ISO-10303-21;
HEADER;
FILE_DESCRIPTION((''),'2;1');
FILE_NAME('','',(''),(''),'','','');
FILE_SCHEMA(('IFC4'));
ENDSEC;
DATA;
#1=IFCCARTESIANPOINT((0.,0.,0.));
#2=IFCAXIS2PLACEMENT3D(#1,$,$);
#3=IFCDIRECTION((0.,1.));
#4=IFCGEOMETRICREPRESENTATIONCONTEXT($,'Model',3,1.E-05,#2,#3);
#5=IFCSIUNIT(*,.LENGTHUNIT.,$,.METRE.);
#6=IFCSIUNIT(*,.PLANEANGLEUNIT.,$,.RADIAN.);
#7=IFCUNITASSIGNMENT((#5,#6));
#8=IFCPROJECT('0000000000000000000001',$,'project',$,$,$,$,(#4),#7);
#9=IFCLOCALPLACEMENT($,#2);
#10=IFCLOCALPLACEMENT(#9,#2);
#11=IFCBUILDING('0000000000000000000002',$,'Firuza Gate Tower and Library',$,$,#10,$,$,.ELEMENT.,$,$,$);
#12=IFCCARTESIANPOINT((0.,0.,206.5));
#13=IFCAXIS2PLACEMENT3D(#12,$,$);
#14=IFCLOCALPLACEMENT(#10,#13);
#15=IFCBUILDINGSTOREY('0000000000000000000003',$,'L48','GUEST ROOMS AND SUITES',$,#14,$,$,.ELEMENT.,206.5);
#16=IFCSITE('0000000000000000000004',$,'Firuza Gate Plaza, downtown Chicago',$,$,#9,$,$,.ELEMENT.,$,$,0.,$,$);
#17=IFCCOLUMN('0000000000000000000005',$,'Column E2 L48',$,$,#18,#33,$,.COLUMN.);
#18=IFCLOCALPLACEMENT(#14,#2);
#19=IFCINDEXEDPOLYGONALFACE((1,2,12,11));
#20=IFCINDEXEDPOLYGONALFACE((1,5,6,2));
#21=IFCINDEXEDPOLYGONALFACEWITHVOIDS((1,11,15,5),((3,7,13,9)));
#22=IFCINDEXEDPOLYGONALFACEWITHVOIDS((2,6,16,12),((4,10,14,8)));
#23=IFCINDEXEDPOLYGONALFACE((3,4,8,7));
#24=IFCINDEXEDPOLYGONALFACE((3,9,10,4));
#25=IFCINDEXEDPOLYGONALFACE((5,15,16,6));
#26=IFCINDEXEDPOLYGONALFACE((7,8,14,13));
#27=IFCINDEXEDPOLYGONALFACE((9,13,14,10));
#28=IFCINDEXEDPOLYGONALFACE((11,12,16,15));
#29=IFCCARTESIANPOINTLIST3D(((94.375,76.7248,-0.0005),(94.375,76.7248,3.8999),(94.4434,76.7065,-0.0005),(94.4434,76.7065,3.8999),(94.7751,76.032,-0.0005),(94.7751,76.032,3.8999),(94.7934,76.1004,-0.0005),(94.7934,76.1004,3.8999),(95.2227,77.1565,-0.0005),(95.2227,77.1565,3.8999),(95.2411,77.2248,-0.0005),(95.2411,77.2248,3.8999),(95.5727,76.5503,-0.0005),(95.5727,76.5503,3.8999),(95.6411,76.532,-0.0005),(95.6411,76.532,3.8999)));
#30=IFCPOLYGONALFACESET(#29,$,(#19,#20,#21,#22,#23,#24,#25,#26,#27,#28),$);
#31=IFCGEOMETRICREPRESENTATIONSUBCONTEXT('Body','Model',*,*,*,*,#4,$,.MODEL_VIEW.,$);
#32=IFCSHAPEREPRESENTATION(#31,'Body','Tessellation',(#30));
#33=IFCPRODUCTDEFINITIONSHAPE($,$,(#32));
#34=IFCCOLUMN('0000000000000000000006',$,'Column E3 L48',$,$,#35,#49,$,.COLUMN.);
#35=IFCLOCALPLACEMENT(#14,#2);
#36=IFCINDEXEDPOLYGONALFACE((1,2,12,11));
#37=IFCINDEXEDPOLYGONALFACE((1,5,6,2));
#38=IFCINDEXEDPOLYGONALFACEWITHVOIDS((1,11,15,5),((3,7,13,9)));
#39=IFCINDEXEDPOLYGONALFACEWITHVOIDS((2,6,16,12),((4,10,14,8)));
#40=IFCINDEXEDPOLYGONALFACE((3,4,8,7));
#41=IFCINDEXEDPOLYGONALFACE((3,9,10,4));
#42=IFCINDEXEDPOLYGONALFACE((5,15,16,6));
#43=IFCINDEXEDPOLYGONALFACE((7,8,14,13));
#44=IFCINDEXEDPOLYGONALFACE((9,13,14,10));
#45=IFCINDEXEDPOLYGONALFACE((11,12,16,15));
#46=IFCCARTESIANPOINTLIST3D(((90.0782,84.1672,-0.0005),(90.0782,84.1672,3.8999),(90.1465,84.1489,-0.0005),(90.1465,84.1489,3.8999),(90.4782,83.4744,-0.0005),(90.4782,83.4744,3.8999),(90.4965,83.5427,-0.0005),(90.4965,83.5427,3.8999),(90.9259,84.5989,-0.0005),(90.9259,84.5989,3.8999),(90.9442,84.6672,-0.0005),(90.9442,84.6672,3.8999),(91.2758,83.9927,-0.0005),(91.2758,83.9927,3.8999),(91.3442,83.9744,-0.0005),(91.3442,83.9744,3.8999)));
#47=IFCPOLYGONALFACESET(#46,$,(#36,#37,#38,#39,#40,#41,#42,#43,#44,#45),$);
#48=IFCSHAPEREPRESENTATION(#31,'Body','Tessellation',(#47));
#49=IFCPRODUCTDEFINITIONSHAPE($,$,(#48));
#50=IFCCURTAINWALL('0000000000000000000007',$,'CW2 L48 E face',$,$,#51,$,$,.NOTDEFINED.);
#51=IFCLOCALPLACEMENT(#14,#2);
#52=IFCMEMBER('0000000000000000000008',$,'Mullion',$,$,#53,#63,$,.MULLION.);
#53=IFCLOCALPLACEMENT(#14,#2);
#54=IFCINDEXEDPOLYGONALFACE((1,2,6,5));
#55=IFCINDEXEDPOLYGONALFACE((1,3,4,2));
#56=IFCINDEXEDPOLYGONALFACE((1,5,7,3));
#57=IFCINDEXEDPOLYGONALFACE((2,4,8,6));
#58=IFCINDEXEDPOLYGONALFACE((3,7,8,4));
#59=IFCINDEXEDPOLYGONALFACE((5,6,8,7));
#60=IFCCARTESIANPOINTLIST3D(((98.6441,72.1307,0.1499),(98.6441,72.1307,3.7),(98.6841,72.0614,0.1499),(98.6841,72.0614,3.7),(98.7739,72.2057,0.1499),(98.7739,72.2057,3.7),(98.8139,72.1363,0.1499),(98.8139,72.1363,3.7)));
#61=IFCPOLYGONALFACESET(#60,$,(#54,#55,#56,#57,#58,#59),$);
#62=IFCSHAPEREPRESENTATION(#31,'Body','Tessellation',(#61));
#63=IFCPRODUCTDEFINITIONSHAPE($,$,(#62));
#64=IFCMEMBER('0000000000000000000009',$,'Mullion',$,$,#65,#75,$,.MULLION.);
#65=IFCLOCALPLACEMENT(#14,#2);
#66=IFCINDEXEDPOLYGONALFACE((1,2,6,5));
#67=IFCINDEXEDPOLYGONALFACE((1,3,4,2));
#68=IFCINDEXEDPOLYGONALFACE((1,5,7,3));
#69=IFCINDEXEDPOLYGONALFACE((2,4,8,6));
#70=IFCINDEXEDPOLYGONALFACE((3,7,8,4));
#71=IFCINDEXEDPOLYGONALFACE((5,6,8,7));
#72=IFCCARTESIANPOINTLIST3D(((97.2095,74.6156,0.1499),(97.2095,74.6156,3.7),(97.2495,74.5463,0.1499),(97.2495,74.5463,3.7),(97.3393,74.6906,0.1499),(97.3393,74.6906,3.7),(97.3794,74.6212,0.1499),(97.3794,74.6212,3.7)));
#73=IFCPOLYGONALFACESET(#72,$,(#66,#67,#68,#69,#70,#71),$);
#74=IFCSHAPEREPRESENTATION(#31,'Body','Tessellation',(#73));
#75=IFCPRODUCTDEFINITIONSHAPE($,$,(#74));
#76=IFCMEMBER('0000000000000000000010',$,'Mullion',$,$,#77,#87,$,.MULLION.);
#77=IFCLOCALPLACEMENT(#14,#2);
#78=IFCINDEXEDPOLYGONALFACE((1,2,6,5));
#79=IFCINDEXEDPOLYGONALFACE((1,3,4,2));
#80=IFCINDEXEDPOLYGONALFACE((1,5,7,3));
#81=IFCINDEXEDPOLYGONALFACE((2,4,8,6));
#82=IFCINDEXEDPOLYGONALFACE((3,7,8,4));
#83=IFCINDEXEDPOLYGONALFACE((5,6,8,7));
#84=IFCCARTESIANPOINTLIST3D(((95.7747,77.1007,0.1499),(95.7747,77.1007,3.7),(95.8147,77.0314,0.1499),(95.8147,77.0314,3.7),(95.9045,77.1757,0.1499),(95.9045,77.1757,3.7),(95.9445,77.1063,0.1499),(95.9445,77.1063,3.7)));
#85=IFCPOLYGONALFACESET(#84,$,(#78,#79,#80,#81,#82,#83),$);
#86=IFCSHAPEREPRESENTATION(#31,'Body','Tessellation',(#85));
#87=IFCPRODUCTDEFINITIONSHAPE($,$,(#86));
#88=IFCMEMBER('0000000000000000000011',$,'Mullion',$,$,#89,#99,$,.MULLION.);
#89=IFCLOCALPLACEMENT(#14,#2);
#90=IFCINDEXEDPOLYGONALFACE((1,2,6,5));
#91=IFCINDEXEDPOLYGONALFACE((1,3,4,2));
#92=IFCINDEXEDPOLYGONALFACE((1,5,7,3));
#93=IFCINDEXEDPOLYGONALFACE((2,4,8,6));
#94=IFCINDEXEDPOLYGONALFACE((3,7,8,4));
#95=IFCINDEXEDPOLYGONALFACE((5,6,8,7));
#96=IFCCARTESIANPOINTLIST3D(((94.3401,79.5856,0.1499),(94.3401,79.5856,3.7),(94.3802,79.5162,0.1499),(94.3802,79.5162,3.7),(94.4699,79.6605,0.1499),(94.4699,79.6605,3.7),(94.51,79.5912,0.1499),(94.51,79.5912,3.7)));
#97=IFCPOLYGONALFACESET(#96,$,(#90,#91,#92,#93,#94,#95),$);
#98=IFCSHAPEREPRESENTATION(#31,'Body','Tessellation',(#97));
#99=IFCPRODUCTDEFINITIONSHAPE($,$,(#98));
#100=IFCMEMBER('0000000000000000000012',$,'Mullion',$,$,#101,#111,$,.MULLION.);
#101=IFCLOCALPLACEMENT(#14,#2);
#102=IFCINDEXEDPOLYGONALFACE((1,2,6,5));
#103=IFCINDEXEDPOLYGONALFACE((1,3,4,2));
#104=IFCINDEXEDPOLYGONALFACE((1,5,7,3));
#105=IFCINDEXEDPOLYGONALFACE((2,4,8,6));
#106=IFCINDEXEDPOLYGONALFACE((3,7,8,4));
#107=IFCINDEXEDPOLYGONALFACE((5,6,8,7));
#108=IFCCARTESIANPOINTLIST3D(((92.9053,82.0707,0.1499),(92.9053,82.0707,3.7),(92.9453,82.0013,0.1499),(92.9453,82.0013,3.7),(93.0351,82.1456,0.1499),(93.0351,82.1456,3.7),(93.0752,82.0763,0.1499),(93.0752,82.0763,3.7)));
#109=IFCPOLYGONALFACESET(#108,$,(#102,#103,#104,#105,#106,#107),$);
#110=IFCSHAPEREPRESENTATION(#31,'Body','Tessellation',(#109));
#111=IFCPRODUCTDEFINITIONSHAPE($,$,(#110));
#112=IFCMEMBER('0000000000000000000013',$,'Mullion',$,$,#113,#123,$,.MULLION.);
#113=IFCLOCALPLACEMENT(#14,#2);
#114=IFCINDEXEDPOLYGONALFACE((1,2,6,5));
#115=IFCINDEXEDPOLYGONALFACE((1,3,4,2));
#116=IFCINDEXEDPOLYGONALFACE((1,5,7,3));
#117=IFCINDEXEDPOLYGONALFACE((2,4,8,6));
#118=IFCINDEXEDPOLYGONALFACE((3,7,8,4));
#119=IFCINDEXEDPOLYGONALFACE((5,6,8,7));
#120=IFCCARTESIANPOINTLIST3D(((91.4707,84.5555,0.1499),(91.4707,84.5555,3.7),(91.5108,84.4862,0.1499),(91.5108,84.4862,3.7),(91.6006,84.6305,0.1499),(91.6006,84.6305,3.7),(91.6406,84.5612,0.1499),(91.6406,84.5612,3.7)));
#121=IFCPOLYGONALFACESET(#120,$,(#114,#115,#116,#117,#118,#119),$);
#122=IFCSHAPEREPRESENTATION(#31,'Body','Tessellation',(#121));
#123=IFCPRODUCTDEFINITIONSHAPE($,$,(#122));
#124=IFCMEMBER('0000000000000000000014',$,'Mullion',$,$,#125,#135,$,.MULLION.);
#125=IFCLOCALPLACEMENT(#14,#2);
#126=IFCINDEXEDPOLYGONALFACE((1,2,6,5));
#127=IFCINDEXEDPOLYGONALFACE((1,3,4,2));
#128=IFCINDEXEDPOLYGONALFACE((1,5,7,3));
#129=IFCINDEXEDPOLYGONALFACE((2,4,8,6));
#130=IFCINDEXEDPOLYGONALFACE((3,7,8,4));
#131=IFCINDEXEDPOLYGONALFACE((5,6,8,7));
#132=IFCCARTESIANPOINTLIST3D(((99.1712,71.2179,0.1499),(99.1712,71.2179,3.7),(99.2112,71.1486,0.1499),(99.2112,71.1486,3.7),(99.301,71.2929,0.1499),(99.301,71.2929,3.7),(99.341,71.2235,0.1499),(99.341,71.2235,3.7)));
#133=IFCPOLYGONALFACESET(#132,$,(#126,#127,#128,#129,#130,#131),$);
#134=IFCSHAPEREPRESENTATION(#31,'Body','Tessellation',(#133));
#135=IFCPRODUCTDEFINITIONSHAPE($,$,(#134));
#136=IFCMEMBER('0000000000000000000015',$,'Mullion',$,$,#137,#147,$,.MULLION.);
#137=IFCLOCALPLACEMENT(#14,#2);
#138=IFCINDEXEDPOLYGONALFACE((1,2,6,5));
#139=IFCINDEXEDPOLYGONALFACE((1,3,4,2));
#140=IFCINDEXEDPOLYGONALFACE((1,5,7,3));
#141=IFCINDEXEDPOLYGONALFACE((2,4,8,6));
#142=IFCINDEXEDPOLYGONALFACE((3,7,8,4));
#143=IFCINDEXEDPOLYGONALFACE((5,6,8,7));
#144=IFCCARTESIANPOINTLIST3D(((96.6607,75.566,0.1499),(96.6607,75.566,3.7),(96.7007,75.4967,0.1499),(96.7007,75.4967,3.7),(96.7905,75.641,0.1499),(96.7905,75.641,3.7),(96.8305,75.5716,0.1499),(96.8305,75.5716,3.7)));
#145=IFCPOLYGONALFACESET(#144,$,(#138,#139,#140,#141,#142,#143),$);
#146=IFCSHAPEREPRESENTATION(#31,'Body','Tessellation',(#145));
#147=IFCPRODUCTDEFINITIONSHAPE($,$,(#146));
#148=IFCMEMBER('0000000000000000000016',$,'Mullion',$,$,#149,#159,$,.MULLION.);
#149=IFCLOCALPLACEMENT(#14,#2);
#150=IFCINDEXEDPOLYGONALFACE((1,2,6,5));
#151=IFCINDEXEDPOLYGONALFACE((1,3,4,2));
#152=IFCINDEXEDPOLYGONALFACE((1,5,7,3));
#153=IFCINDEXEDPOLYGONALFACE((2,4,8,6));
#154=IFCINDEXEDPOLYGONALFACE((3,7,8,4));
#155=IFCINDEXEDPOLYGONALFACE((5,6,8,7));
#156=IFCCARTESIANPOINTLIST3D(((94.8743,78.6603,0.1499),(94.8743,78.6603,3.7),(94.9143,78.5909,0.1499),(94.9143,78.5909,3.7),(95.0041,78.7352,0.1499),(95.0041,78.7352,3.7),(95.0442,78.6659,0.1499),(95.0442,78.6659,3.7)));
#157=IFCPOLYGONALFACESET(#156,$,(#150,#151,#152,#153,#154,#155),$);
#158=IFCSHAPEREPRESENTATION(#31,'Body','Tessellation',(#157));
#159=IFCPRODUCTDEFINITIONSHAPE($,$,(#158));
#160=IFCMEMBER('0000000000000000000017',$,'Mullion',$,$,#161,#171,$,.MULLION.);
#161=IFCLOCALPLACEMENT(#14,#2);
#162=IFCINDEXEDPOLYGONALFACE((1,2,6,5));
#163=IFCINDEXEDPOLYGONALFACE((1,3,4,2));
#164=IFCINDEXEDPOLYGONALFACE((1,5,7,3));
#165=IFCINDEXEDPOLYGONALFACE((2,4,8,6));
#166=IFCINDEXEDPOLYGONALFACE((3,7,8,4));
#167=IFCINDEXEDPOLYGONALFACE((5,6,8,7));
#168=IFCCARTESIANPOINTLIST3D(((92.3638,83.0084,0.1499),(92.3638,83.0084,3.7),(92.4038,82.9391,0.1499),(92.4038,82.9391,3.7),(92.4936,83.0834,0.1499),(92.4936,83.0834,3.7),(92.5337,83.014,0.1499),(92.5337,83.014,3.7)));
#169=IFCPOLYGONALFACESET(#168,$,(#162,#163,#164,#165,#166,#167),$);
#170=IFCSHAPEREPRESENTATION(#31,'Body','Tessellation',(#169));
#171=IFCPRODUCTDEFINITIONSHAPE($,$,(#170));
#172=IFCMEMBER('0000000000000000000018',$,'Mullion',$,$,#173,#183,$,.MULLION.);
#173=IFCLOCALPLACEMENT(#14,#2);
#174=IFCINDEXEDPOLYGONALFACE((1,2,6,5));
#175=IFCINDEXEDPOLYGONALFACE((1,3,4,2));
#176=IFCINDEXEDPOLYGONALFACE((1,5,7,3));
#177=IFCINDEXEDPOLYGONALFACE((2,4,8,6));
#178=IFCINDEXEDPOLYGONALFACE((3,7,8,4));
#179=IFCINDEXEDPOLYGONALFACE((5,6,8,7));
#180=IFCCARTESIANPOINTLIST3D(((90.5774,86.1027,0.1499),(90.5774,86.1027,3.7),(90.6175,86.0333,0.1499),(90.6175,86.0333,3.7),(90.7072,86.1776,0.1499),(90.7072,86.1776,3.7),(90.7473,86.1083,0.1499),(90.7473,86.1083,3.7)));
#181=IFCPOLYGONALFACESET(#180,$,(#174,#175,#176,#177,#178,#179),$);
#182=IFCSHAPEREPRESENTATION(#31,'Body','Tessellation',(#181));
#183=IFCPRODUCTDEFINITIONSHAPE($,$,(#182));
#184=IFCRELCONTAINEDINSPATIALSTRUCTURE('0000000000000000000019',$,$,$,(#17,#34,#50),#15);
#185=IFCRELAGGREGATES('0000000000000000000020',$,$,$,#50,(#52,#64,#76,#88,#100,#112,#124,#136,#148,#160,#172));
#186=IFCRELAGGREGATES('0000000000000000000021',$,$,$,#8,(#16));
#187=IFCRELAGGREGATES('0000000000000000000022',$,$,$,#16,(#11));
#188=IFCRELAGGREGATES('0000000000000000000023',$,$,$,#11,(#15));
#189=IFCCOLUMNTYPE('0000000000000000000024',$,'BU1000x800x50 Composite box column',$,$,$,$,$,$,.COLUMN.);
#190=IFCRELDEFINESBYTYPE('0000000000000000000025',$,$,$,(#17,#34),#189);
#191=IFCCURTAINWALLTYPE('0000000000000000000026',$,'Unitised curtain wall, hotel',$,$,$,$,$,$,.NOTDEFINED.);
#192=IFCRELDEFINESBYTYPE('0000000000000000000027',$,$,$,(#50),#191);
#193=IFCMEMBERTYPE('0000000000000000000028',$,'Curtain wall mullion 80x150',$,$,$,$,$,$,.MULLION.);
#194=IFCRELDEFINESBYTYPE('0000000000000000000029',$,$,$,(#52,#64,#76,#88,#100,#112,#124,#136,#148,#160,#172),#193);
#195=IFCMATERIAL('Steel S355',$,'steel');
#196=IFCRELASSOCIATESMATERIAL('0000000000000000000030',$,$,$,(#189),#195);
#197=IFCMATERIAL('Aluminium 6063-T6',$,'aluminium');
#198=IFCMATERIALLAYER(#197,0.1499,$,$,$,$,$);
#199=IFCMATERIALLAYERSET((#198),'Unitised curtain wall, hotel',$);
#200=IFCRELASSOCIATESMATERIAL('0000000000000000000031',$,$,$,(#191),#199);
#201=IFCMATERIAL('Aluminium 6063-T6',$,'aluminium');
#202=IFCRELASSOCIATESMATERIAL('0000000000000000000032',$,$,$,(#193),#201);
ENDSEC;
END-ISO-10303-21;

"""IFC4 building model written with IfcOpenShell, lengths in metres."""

from ifc_helpers import new_model, si_unit, direction, frame, origin, origin_2d, place, context, subcontext, project, spatial, rectangle, hollow_rectangle, extrude, material, layer, layer_set, material_profile, profile_set, type_object, element, aggregate, save


model = new_model("IFC4")

# Units and contexts
model_context = context("Model", 3, precision=1e-05, world=origin(), true_north=direction((0.0, 1.0)))
body_context = subcontext(model_context, "Body", "Model", "MODEL_VIEW")
ifc_project = project(units=[si_unit("LENGTHUNIT", "METRE"), si_unit("PLANEANGLEUNIT", "RADIAN")], contexts=[model_context])

# Site, building, storey
site_placement = place(None, origin())
site = spatial("IfcSite", under=ifc_project, at=site_placement, Name="Firuza Gate Plaza, downtown Chicago", CompositionType="ELEMENT", RefElevation=0.0)
building_placement = place(site_placement, origin())
building = spatial("IfcBuilding", under=site, at=building_placement, Name="Firuza Gate Tower and Library", CompositionType="ELEMENT")
storey_placement = place(building_placement, frame((0.0, 0.0, 206.5)))
storey = spatial("IfcBuildingStorey", under=building, at=storey_placement, Name="L48", Description="GUEST ROOMS AND SUITES", CompositionType="ELEMENT", Elevation=206.5)

# Columns
ifc_material_1 = material(Name="Steel S355", Category="steel")
ifc_material_profile_1 = material_profile(ifc_material_1, hollow_rectangle(XDim=0.8, YDim=1.0, WallThickness=0.05, at=origin_2d()))
ifc_profile_set_1 = profile_set([ifc_material_profile_1], Name="Steel S355")
column_type = type_object("IfcColumnType", Name="BU1000x800x50 Composite box column", PredefinedType="COLUMN", material=ifc_profile_set_1)
for number, where, z_axis, x_axis, name in (
    (1, (95.0081, 76.6284, -0.0005), (0.0, 0.0, 1.0), (-0.5, 0.866025, 0.0), "Column E2 L48"),
    (2, (90.7112, 84.0708, -0.0005), (0.0, 0.0, 1.0), (-0.5, 0.866025, 0.0), "Column E3 L48"),
):
    element("IfcColumn", number, at=place(storey_placement, frame(where, z_axis=z_axis, x_axis=x_axis)), inside=storey, type_object=column_type, Name=name, PredefinedType="COLUMN", context=body_context, shape_type="SweptSolid", body=[
        extrude(hollow_rectangle(XDim=0.8, YDim=1.0, WallThickness=0.05, at=origin_2d()), origin(), (0.0, 0.0, 1.0), 3.9004),
    ])

# Curtain wall, members
ifc_material_2 = material(Name="Aluminium 6063-T6", Category="aluminium")
ifc_layer_1 = layer(ifc_material_2, 0.1499)
ifc_layer_set_1 = layer_set([ifc_layer_1], Name="Unitised curtain wall, hotel")
curtain_wall_type = type_object("IfcCurtainWallType", Name="Unitised curtain wall, hotel", PredefinedType="NOTDEFINED", material=ifc_layer_set_1)
curtain_wall_placement = place(storey_placement, origin())
curtain_wall = element("IfcCurtainWall", 3, at=curtain_wall_placement, inside=storey, type_object=curtain_wall_type, Name="CW2 L48 E face", PredefinedType="NOTDEFINED")
ifc_material_3 = material(Name="Aluminium 6063-T6", Category="aluminium")
ifc_material_profile_2 = material_profile(ifc_material_3, rectangle(XDim=0.1499, YDim=0.0801, at=origin_2d()))
ifc_profile_set_2 = profile_set([ifc_material_profile_2], Name="Aluminium 6063-T6")
member_type = type_object("IfcMemberType", Name="Curtain wall mullion 80x150", PredefinedType="MULLION", material=ifc_profile_set_2)
member_1_placement = place(storey_placement, frame((98.729, 72.1335, 0.1499), z_axis=(0.0, 0.0, 1.0), x_axis=(-0.866025, -0.5, 0.0)))
member_1 = element("IfcMember", 4, at=member_1_placement, type_object=member_type, Name="Mullion", PredefinedType="MULLION", context=body_context, shape_type="SweptSolid", body=[
    extrude(rectangle(XDim=0.1499, YDim=0.0801, at=origin_2d()), origin(), (0.0, 0.0, 1.0), 3.55),
])
member_2_placement = place(storey_placement, frame((97.2944, 74.6184, 0.1499), z_axis=(0.0, 0.0, 1.0), x_axis=(-0.866025, -0.5, 0.0)))
member_2 = element("IfcMember", 5, at=member_2_placement, type_object=member_type, Name="Mullion", PredefinedType="MULLION", context=body_context, shape_type="SweptSolid", body=[
    extrude(rectangle(XDim=0.1499, YDim=0.0801, at=origin_2d()), origin(), (0.0, 0.0, 1.0), 3.55),
])
member_3_placement = place(storey_placement, frame((95.8596, 77.1035, 0.1499), z_axis=(0.0, 0.0, 1.0), x_axis=(-0.866025, -0.5, 0.0)))
member_3 = element("IfcMember", 6, at=member_3_placement, type_object=member_type, Name="Mullion", PredefinedType="MULLION", context=body_context, shape_type="SweptSolid", body=[
    extrude(rectangle(XDim=0.1499, YDim=0.0801, at=origin_2d()), origin(), (0.0, 0.0, 1.0), 3.55),
])
member_4_placement = place(storey_placement, frame((94.425, 79.5884, 0.1499), z_axis=(0.0, 0.0, 1.0), x_axis=(-0.866025, -0.5, 0.0)))
member_4 = element("IfcMember", 7, at=member_4_placement, type_object=member_type, Name="Mullion", PredefinedType="MULLION", context=body_context, shape_type="SweptSolid", body=[
    extrude(rectangle(XDim=0.1499, YDim=0.0801, at=origin_2d()), origin(), (0.0, 0.0, 1.0), 3.55),
])
member_5_placement = place(storey_placement, frame((92.9902, 82.0735, 0.1499), z_axis=(0.0, 0.0, 1.0), x_axis=(-0.866025, -0.5, 0.0)))
member_5 = element("IfcMember", 8, at=member_5_placement, type_object=member_type, Name="Mullion", PredefinedType="MULLION", context=body_context, shape_type="SweptSolid", body=[
    extrude(rectangle(XDim=0.1499, YDim=0.0801, at=origin_2d()), origin(), (0.0, 0.0, 1.0), 3.55),
])
member_6_placement = place(storey_placement, frame((91.5557, 84.5583, 0.1499), z_axis=(0.0, 0.0, 1.0), x_axis=(-0.866025, -0.5, 0.0)))
member_6 = element("IfcMember", 9, at=member_6_placement, type_object=member_type, Name="Mullion", PredefinedType="MULLION", context=body_context, shape_type="SweptSolid", body=[
    extrude(rectangle(XDim=0.1499, YDim=0.0801, at=origin_2d()), origin(), (0.0, 0.0, 1.0), 3.55),
])
member_7_placement = place(storey_placement, frame((99.2561, 71.2207, 0.1499), z_axis=(0.0, 0.0, 1.0), x_axis=(-0.866025, -0.5, 0.0)))
member_7 = element("IfcMember", 10, at=member_7_placement, type_object=member_type, Name="Mullion", PredefinedType="MULLION", context=body_context, shape_type="SweptSolid", body=[
    extrude(rectangle(XDim=0.1499, YDim=0.0801, at=origin_2d()), origin(), (0.0, 0.0, 1.0), 3.55),
])
member_8_placement = place(storey_placement, frame((96.7456, 75.5688, 0.1499), z_axis=(0.0, 0.0, 1.0), x_axis=(-0.866025, -0.5, 0.0)))
member_8 = element("IfcMember", 11, at=member_8_placement, type_object=member_type, Name="Mullion", PredefinedType="MULLION", context=body_context, shape_type="SweptSolid", body=[
    extrude(rectangle(XDim=0.1499, YDim=0.0801, at=origin_2d()), origin(), (0.0, 0.0, 1.0), 3.55),
])
member_9_placement = place(storey_placement, frame((94.9592, 78.6631, 0.1499), z_axis=(0.0, 0.0, 1.0), x_axis=(-0.866025, -0.5, 0.0)))
member_9 = element("IfcMember", 12, at=member_9_placement, type_object=member_type, Name="Mullion", PredefinedType="MULLION", context=body_context, shape_type="SweptSolid", body=[
    extrude(rectangle(XDim=0.1499, YDim=0.0801, at=origin_2d()), origin(), (0.0, 0.0, 1.0), 3.55),
])
member_10_placement = place(storey_placement, frame((92.4487, 83.0112, 0.1499), z_axis=(0.0, 0.0, 1.0), x_axis=(-0.866025, -0.5, 0.0)))
member_10 = element("IfcMember", 13, at=member_10_placement, type_object=member_type, Name="Mullion", PredefinedType="MULLION", context=body_context, shape_type="SweptSolid", body=[
    extrude(rectangle(XDim=0.1499, YDim=0.0801, at=origin_2d()), origin(), (0.0, 0.0, 1.0), 3.55),
])
member_11_placement = place(storey_placement, frame((90.6624, 86.1055, 0.1499), z_axis=(0.0, 0.0, 1.0), x_axis=(-0.866025, -0.5, 0.0)))
member_11 = element("IfcMember", 14, at=member_11_placement, type_object=member_type, Name="Mullion", PredefinedType="MULLION", context=body_context, shape_type="SweptSolid", body=[
    extrude(rectangle(XDim=0.1499, YDim=0.0801, at=origin_2d()), origin(), (0.0, 0.0, 1.0), 3.55),
])

aggregate(curtain_wall, [member_1, member_2, member_3, member_4, member_5, member_6, member_7, member_8, member_9, member_10, member_11])

save(model, "model.ifc")
